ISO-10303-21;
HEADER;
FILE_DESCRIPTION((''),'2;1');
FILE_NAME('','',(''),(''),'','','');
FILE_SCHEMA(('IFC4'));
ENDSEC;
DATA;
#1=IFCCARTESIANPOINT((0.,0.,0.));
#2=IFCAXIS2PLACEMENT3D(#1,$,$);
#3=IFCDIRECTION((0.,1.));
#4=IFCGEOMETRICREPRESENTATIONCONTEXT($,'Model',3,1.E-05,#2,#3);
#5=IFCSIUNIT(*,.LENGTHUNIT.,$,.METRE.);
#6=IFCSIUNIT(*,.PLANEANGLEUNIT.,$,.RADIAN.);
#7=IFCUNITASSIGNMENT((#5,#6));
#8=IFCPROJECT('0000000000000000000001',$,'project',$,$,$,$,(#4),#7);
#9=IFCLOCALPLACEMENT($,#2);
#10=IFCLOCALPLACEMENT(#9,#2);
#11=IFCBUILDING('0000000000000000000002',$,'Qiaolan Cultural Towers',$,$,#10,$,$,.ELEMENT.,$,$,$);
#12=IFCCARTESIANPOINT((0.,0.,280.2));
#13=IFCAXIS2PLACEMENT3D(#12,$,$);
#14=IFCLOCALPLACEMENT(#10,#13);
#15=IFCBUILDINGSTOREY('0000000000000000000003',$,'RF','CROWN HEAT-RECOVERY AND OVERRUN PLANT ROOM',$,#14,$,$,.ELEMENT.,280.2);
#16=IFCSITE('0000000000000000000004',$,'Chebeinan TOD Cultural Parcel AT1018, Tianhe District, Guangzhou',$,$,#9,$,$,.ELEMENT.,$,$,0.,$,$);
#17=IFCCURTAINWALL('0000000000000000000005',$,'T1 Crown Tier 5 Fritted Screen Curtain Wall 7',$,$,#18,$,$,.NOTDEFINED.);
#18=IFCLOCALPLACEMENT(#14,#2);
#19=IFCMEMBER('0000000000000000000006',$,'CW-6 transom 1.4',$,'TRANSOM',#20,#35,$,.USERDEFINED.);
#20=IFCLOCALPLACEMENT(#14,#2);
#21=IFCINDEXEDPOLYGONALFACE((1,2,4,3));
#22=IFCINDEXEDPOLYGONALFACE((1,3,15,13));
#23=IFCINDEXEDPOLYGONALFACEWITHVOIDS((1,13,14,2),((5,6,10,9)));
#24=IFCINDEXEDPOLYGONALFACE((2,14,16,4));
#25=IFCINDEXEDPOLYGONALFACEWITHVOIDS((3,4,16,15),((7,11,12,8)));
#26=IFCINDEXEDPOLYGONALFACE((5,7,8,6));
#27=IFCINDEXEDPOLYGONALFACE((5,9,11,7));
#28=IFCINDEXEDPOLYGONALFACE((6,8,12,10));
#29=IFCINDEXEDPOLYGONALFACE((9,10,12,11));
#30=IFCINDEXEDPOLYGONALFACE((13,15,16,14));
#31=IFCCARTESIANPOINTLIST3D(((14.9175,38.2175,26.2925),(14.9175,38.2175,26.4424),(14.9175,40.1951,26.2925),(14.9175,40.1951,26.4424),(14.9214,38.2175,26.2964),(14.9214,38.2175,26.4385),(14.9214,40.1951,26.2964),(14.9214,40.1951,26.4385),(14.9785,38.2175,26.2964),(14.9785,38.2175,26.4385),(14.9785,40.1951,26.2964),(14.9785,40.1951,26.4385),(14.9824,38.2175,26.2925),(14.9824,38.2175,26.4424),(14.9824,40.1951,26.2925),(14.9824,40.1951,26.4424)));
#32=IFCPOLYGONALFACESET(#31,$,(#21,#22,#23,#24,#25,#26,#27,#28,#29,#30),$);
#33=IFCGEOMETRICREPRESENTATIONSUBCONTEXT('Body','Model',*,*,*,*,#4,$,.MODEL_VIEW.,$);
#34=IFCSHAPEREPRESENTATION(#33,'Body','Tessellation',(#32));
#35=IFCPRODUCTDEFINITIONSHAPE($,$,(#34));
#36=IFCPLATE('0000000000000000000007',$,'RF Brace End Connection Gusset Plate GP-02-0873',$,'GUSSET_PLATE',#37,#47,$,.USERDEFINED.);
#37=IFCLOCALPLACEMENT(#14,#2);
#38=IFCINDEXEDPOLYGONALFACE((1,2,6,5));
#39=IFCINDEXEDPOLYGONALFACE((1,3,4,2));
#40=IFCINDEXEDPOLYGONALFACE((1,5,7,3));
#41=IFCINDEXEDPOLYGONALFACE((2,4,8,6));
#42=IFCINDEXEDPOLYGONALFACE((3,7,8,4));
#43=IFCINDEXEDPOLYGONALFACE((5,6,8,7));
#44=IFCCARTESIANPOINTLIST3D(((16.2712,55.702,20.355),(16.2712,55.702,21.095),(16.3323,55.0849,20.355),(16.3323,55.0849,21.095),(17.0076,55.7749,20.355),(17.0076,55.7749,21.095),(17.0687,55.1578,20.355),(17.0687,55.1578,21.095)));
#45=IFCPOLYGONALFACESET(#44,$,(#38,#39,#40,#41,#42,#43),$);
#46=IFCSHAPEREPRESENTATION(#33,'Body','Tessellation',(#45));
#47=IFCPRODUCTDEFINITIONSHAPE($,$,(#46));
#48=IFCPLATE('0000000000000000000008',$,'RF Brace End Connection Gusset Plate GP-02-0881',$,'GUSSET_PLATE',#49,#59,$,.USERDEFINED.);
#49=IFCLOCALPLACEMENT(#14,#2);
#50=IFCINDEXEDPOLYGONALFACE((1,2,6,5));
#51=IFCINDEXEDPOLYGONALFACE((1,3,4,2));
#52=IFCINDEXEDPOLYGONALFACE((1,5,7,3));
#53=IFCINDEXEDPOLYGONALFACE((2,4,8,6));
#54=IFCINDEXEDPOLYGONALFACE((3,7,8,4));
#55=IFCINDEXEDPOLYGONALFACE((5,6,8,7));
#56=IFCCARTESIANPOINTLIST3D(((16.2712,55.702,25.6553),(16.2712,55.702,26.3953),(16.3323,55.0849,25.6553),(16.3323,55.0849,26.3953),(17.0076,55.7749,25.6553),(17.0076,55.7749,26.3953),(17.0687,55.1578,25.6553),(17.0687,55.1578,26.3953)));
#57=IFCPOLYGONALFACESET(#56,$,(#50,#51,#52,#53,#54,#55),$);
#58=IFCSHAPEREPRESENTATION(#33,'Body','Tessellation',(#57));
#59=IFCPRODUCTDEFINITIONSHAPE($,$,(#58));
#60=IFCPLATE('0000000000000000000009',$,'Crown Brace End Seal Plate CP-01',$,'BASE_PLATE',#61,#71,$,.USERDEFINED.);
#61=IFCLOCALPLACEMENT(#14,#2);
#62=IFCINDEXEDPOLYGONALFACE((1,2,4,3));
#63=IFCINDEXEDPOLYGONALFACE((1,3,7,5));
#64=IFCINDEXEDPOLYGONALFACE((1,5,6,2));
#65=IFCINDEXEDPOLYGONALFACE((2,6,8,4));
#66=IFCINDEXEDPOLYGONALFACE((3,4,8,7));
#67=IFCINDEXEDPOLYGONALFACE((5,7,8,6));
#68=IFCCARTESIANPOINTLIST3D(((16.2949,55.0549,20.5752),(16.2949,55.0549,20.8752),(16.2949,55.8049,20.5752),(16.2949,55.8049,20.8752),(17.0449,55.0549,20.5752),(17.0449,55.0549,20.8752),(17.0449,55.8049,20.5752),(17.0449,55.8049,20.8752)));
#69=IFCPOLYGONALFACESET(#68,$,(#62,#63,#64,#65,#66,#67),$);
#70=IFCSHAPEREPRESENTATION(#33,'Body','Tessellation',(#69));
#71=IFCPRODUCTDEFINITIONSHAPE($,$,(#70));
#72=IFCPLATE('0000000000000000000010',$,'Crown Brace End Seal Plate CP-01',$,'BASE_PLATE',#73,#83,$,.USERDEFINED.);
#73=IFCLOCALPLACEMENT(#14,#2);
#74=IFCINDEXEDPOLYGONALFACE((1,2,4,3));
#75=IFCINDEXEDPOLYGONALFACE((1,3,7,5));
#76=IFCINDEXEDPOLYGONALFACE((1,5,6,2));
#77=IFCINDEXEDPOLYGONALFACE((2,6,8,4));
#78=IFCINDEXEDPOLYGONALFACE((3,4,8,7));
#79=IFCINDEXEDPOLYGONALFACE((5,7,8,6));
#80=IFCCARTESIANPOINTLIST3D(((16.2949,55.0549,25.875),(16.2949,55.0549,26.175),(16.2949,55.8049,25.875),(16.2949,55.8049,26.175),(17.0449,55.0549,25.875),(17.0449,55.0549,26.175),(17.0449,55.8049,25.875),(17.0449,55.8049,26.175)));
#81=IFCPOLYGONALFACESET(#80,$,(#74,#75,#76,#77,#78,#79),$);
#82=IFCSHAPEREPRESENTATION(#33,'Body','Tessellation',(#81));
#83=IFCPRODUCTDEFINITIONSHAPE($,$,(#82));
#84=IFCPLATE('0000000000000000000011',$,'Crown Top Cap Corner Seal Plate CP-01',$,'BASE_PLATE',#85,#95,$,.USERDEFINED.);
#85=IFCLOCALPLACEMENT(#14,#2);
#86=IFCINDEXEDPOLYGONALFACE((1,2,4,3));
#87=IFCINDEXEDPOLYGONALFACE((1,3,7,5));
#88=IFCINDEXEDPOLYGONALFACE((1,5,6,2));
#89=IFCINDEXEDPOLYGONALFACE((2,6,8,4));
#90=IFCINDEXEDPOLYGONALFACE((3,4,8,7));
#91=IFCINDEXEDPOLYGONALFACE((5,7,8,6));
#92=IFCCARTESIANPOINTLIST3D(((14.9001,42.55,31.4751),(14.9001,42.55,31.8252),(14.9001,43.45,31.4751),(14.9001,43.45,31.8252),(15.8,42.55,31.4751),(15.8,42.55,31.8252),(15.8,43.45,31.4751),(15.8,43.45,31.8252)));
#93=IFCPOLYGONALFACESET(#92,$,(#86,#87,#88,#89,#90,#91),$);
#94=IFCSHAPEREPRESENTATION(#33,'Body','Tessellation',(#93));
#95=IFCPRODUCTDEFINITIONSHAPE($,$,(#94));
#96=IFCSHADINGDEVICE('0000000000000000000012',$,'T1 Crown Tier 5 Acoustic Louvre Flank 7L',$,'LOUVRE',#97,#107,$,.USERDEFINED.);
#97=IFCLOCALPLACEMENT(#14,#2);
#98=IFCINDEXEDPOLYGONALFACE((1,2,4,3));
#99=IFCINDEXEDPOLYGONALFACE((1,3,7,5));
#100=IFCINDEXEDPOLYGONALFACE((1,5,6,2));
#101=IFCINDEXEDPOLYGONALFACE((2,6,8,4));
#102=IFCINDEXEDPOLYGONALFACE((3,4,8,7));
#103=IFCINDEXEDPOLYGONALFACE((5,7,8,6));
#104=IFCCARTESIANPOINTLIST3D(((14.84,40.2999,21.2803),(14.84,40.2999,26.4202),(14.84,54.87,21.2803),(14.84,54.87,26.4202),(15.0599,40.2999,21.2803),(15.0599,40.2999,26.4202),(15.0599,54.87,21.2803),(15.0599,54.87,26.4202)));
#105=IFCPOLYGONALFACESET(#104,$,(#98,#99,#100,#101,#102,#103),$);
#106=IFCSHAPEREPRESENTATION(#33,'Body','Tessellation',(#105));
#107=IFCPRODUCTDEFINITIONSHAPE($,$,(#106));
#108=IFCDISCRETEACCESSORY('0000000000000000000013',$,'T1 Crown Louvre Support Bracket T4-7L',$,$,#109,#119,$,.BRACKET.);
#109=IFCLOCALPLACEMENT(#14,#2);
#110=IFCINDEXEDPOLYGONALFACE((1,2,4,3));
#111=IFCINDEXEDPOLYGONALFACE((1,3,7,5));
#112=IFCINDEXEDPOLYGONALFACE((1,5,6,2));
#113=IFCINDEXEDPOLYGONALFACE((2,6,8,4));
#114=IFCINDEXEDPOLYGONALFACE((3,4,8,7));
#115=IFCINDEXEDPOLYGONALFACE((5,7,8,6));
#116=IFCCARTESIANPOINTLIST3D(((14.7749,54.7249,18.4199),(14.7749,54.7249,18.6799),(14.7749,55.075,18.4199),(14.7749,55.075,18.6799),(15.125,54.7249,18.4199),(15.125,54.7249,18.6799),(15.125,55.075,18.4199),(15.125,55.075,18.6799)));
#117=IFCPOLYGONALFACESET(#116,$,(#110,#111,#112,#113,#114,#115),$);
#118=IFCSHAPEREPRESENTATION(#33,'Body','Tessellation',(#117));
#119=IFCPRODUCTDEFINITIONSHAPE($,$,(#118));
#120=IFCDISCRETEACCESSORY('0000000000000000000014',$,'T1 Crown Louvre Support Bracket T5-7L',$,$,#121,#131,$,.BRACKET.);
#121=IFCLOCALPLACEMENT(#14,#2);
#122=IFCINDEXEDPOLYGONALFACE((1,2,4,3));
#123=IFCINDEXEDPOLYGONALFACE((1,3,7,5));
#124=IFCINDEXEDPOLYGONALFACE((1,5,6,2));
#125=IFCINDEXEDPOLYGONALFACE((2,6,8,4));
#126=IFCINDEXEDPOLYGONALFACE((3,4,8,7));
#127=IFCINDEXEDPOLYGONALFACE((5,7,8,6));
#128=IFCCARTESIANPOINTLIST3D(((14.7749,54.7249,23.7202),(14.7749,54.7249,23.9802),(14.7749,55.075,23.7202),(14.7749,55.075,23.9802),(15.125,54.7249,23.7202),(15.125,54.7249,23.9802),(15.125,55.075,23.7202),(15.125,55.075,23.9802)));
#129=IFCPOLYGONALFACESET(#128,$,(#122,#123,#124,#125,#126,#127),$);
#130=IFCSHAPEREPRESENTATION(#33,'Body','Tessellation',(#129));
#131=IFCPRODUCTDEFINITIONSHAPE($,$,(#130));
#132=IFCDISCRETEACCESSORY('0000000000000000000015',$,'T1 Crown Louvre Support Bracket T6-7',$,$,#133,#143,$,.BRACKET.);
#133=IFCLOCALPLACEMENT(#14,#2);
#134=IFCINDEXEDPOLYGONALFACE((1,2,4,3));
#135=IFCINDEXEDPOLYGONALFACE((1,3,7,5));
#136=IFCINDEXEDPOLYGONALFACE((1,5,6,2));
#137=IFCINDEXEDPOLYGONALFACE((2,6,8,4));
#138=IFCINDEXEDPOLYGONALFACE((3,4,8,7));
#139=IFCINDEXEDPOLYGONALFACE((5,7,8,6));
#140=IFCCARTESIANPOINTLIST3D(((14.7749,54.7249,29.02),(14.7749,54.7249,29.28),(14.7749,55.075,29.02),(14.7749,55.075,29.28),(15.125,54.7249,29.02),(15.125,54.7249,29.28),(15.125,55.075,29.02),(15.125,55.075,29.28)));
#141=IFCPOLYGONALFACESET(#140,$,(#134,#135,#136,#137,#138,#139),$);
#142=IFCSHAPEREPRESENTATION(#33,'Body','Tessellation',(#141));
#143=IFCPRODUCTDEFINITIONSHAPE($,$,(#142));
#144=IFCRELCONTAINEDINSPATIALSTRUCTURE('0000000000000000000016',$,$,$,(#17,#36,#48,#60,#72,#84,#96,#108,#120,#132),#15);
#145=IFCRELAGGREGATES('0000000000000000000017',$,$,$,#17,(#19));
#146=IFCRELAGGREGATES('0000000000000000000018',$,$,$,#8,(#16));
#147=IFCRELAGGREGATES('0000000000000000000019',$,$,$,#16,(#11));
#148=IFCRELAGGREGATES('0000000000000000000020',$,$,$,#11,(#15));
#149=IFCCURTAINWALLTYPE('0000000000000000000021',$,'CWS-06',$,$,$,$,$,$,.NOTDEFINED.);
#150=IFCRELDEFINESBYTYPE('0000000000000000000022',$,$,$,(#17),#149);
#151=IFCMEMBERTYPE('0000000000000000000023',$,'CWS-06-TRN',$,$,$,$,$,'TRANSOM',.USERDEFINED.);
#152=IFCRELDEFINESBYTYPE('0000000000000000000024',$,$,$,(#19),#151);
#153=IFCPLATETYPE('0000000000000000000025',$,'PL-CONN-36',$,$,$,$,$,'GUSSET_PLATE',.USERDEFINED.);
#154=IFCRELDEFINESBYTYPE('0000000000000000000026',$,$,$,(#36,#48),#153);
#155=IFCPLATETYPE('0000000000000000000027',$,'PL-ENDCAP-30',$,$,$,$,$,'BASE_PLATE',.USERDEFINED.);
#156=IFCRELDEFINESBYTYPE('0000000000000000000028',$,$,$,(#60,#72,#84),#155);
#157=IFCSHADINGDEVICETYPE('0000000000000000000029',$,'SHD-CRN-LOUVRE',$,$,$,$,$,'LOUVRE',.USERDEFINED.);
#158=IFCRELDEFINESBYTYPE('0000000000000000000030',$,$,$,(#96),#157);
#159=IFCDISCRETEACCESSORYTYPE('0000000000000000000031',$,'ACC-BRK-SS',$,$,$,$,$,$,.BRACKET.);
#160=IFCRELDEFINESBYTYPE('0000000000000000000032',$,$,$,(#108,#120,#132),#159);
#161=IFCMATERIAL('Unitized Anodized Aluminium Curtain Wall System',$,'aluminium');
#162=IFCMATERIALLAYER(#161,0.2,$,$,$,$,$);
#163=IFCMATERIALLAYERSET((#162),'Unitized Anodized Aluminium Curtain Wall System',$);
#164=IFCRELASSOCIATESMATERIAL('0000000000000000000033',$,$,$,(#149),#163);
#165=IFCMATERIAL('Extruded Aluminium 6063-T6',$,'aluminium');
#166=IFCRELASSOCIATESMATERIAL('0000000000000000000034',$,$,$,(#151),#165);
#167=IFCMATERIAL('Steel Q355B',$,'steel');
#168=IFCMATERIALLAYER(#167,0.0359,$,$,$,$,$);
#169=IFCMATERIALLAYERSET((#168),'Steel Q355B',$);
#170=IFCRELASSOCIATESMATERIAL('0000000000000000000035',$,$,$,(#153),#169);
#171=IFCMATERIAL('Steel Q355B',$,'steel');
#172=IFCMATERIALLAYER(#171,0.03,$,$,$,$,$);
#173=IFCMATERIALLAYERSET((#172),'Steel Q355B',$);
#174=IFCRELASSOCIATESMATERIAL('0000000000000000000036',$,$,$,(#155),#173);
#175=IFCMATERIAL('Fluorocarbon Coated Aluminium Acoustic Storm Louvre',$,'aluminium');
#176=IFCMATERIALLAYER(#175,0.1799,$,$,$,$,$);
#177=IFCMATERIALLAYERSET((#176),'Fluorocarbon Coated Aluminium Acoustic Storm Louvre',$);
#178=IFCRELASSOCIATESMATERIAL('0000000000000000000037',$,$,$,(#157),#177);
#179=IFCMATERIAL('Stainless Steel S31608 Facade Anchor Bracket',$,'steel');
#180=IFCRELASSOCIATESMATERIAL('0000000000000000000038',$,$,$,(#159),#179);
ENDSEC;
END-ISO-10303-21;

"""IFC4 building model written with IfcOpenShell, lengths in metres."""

from ifc_helpers import new_model, si_unit, direction, frame, origin, origin_2d, place, context, subcontext, project, spatial, rectangle, hollow_rectangle, extrude, material, layer, layer_set, material_profile, profile_set, type_object, element, aggregate, save


model = new_model("IFC4")

# Units and contexts
model_context = context("Model", 3, precision=1e-05, world=origin(), true_north=direction((0.0, 1.0)))
body_context = subcontext(model_context, "Body", "Model", "MODEL_VIEW")
ifc_project = project(units=[si_unit("LENGTHUNIT", "METRE"), si_unit("PLANEANGLEUNIT", "RADIAN")], contexts=[model_context])

# Site, building, storey
site_placement = place(None, origin())
site = spatial("IfcSite", under=ifc_project, at=site_placement, Name="Chebeinan TOD Cultural Parcel AT1018, Tianhe District, Guangzhou", CompositionType="ELEMENT", RefElevation=0.0)
building_placement = place(site_placement, origin())
building = spatial("IfcBuilding", under=site, at=building_placement, Name="Qiaolan Cultural Towers", CompositionType="ELEMENT")
storey_placement = place(building_placement, frame((0.0, 0.0, 280.2)))
storey = spatial("IfcBuildingStorey", under=building, at=storey_placement, Name="RF", Description="CROWN HEAT-RECOVERY AND OVERRUN PLANT ROOM", CompositionType="ELEMENT", Elevation=280.2)

# Curtain wall
ifc_material_1 = material(Name="Unitized Anodized Aluminium Curtain Wall System", Category="aluminium")
ifc_layer_1 = layer(ifc_material_1, 0.2)
ifc_layer_set_1 = layer_set([ifc_layer_1], Name="Unitized Anodized Aluminium Curtain Wall System")
curtain_wall_type = type_object("IfcCurtainWallType", Name="CWS-06", PredefinedType="NOTDEFINED", material=ifc_layer_set_1)
curtain_wall_1_placement = place(storey_placement, origin())
curtain_wall_1 = element("IfcCurtainWall", 1, at=curtain_wall_1_placement, inside=storey, type_object=curtain_wall_type, Name="T1 Crown Tier 5 Fritted Screen Curtain Wall 7", PredefinedType="NOTDEFINED")

# Shared definitions
ifc_material_2 = material(Name="Extruded Aluminium 6063-T6", Category="aluminium")
ifc_material_profile_1 = material_profile(ifc_material_2, hollow_rectangle(XDim=0.0649, YDim=0.1499, WallThickness=0.0039, at=origin_2d()), Name="CWT-150x65x4")
ifc_profile_set_1 = profile_set([ifc_material_profile_1], Name="Extruded Aluminium 6063-T6")
member_type_1 = type_object("IfcMemberType", Name="CWS-06-TRN", ElementType="TRANSOM", PredefinedType="USERDEFINED", material=ifc_profile_set_1)

# Member
member_1_placement = place(storey_placement, frame((14.95, 40.1951, 26.3674), z_axis=(0.0, -1.0, 0.0), x_axis=(1.0, 0.0, 0.0)))
member_1 = element("IfcMember", 2, at=member_1_placement, type_object=member_type_1, Name="CW-6 transom 1.4", ObjectType="TRANSOM", PredefinedType="USERDEFINED", context=body_context, shape_type="SweptSolid", body=[
    extrude(hollow_rectangle(XDim=0.0649, YDim=0.1499, WallThickness=0.0039, at=origin_2d()), origin(), (0.0, 0.0, 1.0), 1.9775),
])
aggregate(curtain_wall_1, [member_1])

# Plates
ifc_material_3 = material(Name="Steel Q355B", Category="steel")
ifc_layer_2 = layer(ifc_material_3, 0.0359)
ifc_layer_set_2 = layer_set([ifc_layer_2], Name="Steel Q355B")
plate_type_1 = type_object("IfcPlateType", Name="PL-CONN-36", ElementType="GUSSET_PLATE", PredefinedType="USERDEFINED", material=ifc_layer_set_2)
for number, where, z_axis, x_axis, name in (
    (3, (16.6699, 55.4299, 20.355), (0.0, 0.0, 1.0), (0.995133, 0.098543, 0.0), "RF Brace End Connection Gusset Plate GP-02-0873"),
    (4, (16.6699, 55.4299, 25.6553), (0.0, 0.0, 1.0), (0.995133, 0.098543, 0.0), "RF Brace End Connection Gusset Plate GP-02-0881"),
):
    element("IfcPlate", number, at=place(storey_placement, frame(where, z_axis=z_axis, x_axis=x_axis)), inside=storey, type_object=plate_type_1, Name=name, ObjectType="GUSSET_PLATE", PredefinedType="USERDEFINED", context=body_context, shape_type="SweptSolid", body=[
        extrude(rectangle(XDim=0.74, YDim=0.6201, at=origin_2d()), origin(), (0.0, 0.0, 1.0), 0.74),
    ])
ifc_material_4 = material(Name="Steel Q355B", Category="steel")
ifc_layer_3 = layer(ifc_material_4, 0.03)
ifc_layer_set_3 = layer_set([ifc_layer_3], Name="Steel Q355B")
plate_type_2 = type_object("IfcPlateType", Name="PL-ENDCAP-30", ElementType="BASE_PLATE", PredefinedType="USERDEFINED", material=ifc_layer_set_3)
for number, where, z_axis, x_axis, name in (
    (5, (16.6699, 55.4299, 20.5752), (0.0, 0.0, 1.0), (1.0, 0.0, 0.0), "Crown Brace End Seal Plate CP-01"),
    (6, (16.6699, 55.4299, 25.875), (0.0, 0.0, 1.0), (1.0, 0.0, 0.0), "Crown Brace End Seal Plate CP-01"),
):
    element("IfcPlate", number, at=place(storey_placement, frame(where, z_axis=z_axis, x_axis=x_axis)), inside=storey, type_object=plate_type_2, Name=name, ObjectType="BASE_PLATE", PredefinedType="USERDEFINED", context=body_context, shape_type="SweptSolid", body=[
        extrude(rectangle(XDim=0.75, YDim=0.75, at=origin_2d()), origin(), (0.0, 0.0, 1.0), 0.3),
    ])
plate_placement = place(storey_placement, frame((15.3501, 43.0, 31.4751), z_axis=(0.0, 0.0, 1.0), x_axis=(1.0, 0.0, 0.0)))
element("IfcPlate", 7, at=plate_placement, inside=storey, type_object=plate_type_2, Name="Crown Top Cap Corner Seal Plate CP-01", ObjectType="BASE_PLATE", PredefinedType="USERDEFINED", context=body_context, shape_type="SweptSolid", body=[
    extrude(rectangle(XDim=0.8999, YDim=0.8999, at=origin_2d()), origin(), (0.0, 0.0, 1.0), 0.3501),
])

# Shading device
ifc_material_5 = material(Name="Fluorocarbon Coated Aluminium Acoustic Storm Louvre", Category="aluminium")
ifc_layer_4 = layer(ifc_material_5, 0.1799)
ifc_layer_set_4 = layer_set([ifc_layer_4], Name="Fluorocarbon Coated Aluminium Acoustic Storm Louvre")
shading_device_type = type_object("IfcShadingDeviceType", Name="SHD-CRN-LOUVRE", ElementType="LOUVRE", PredefinedType="USERDEFINED", material=ifc_layer_set_4)
shading_device_placement = place(storey_placement, frame((14.95, 47.585, 21.2803), z_axis=(0.0, 0.0, 1.0), x_axis=(0.0, -1.0, 0.0)))
element("IfcShadingDevice", 8, at=shading_device_placement, inside=storey, type_object=shading_device_type, Name="T1 Crown Tier 5 Acoustic Louvre Flank 7L", ObjectType="LOUVRE", PredefinedType="USERDEFINED", context=body_context, shape_type="SweptSolid", body=[
    extrude(rectangle(XDim=14.5701, YDim=0.22, at=origin_2d()), origin(), (0.0, 0.0, 1.0), 5.1399),
])

# Discrete accessories
ifc_material_6 = material(Name="Stainless Steel S31608 Facade Anchor Bracket", Category="steel")
discrete_accessory_type = type_object("IfcDiscreteAccessoryType", Name="ACC-BRK-SS", PredefinedType="BRACKET", material=ifc_material_6)
for number, where, z_axis, x_axis, name in (
    (9, (14.95, 54.8999, 18.4199), (0.0, 0.0, 1.0), (0.0, -1.0, 0.0), "T1 Crown Louvre Support Bracket T4-7L"),
    (10, (14.95, 54.8999, 23.7202), (0.0, 0.0, 1.0), (0.0, -1.0, 0.0), "T1 Crown Louvre Support Bracket T5-7L"),
    (11, (14.95, 54.8999, 29.02), (0.0, 0.0, 1.0), (0.0, -1.0, 0.0), "T1 Crown Louvre Support Bracket T6-7"),
):
    element("IfcDiscreteAccessory", number, at=place(storey_placement, frame(where, z_axis=z_axis, x_axis=x_axis)), inside=storey, type_object=discrete_accessory_type, Name=name, PredefinedType="BRACKET", context=body_context, shape_type="SweptSolid", body=[
        extrude(rectangle(XDim=0.3501, YDim=0.3501, at=origin_2d()), origin(), (0.0, 0.0, 1.0), 0.26),
    ])

save(model, "model.ifc")
